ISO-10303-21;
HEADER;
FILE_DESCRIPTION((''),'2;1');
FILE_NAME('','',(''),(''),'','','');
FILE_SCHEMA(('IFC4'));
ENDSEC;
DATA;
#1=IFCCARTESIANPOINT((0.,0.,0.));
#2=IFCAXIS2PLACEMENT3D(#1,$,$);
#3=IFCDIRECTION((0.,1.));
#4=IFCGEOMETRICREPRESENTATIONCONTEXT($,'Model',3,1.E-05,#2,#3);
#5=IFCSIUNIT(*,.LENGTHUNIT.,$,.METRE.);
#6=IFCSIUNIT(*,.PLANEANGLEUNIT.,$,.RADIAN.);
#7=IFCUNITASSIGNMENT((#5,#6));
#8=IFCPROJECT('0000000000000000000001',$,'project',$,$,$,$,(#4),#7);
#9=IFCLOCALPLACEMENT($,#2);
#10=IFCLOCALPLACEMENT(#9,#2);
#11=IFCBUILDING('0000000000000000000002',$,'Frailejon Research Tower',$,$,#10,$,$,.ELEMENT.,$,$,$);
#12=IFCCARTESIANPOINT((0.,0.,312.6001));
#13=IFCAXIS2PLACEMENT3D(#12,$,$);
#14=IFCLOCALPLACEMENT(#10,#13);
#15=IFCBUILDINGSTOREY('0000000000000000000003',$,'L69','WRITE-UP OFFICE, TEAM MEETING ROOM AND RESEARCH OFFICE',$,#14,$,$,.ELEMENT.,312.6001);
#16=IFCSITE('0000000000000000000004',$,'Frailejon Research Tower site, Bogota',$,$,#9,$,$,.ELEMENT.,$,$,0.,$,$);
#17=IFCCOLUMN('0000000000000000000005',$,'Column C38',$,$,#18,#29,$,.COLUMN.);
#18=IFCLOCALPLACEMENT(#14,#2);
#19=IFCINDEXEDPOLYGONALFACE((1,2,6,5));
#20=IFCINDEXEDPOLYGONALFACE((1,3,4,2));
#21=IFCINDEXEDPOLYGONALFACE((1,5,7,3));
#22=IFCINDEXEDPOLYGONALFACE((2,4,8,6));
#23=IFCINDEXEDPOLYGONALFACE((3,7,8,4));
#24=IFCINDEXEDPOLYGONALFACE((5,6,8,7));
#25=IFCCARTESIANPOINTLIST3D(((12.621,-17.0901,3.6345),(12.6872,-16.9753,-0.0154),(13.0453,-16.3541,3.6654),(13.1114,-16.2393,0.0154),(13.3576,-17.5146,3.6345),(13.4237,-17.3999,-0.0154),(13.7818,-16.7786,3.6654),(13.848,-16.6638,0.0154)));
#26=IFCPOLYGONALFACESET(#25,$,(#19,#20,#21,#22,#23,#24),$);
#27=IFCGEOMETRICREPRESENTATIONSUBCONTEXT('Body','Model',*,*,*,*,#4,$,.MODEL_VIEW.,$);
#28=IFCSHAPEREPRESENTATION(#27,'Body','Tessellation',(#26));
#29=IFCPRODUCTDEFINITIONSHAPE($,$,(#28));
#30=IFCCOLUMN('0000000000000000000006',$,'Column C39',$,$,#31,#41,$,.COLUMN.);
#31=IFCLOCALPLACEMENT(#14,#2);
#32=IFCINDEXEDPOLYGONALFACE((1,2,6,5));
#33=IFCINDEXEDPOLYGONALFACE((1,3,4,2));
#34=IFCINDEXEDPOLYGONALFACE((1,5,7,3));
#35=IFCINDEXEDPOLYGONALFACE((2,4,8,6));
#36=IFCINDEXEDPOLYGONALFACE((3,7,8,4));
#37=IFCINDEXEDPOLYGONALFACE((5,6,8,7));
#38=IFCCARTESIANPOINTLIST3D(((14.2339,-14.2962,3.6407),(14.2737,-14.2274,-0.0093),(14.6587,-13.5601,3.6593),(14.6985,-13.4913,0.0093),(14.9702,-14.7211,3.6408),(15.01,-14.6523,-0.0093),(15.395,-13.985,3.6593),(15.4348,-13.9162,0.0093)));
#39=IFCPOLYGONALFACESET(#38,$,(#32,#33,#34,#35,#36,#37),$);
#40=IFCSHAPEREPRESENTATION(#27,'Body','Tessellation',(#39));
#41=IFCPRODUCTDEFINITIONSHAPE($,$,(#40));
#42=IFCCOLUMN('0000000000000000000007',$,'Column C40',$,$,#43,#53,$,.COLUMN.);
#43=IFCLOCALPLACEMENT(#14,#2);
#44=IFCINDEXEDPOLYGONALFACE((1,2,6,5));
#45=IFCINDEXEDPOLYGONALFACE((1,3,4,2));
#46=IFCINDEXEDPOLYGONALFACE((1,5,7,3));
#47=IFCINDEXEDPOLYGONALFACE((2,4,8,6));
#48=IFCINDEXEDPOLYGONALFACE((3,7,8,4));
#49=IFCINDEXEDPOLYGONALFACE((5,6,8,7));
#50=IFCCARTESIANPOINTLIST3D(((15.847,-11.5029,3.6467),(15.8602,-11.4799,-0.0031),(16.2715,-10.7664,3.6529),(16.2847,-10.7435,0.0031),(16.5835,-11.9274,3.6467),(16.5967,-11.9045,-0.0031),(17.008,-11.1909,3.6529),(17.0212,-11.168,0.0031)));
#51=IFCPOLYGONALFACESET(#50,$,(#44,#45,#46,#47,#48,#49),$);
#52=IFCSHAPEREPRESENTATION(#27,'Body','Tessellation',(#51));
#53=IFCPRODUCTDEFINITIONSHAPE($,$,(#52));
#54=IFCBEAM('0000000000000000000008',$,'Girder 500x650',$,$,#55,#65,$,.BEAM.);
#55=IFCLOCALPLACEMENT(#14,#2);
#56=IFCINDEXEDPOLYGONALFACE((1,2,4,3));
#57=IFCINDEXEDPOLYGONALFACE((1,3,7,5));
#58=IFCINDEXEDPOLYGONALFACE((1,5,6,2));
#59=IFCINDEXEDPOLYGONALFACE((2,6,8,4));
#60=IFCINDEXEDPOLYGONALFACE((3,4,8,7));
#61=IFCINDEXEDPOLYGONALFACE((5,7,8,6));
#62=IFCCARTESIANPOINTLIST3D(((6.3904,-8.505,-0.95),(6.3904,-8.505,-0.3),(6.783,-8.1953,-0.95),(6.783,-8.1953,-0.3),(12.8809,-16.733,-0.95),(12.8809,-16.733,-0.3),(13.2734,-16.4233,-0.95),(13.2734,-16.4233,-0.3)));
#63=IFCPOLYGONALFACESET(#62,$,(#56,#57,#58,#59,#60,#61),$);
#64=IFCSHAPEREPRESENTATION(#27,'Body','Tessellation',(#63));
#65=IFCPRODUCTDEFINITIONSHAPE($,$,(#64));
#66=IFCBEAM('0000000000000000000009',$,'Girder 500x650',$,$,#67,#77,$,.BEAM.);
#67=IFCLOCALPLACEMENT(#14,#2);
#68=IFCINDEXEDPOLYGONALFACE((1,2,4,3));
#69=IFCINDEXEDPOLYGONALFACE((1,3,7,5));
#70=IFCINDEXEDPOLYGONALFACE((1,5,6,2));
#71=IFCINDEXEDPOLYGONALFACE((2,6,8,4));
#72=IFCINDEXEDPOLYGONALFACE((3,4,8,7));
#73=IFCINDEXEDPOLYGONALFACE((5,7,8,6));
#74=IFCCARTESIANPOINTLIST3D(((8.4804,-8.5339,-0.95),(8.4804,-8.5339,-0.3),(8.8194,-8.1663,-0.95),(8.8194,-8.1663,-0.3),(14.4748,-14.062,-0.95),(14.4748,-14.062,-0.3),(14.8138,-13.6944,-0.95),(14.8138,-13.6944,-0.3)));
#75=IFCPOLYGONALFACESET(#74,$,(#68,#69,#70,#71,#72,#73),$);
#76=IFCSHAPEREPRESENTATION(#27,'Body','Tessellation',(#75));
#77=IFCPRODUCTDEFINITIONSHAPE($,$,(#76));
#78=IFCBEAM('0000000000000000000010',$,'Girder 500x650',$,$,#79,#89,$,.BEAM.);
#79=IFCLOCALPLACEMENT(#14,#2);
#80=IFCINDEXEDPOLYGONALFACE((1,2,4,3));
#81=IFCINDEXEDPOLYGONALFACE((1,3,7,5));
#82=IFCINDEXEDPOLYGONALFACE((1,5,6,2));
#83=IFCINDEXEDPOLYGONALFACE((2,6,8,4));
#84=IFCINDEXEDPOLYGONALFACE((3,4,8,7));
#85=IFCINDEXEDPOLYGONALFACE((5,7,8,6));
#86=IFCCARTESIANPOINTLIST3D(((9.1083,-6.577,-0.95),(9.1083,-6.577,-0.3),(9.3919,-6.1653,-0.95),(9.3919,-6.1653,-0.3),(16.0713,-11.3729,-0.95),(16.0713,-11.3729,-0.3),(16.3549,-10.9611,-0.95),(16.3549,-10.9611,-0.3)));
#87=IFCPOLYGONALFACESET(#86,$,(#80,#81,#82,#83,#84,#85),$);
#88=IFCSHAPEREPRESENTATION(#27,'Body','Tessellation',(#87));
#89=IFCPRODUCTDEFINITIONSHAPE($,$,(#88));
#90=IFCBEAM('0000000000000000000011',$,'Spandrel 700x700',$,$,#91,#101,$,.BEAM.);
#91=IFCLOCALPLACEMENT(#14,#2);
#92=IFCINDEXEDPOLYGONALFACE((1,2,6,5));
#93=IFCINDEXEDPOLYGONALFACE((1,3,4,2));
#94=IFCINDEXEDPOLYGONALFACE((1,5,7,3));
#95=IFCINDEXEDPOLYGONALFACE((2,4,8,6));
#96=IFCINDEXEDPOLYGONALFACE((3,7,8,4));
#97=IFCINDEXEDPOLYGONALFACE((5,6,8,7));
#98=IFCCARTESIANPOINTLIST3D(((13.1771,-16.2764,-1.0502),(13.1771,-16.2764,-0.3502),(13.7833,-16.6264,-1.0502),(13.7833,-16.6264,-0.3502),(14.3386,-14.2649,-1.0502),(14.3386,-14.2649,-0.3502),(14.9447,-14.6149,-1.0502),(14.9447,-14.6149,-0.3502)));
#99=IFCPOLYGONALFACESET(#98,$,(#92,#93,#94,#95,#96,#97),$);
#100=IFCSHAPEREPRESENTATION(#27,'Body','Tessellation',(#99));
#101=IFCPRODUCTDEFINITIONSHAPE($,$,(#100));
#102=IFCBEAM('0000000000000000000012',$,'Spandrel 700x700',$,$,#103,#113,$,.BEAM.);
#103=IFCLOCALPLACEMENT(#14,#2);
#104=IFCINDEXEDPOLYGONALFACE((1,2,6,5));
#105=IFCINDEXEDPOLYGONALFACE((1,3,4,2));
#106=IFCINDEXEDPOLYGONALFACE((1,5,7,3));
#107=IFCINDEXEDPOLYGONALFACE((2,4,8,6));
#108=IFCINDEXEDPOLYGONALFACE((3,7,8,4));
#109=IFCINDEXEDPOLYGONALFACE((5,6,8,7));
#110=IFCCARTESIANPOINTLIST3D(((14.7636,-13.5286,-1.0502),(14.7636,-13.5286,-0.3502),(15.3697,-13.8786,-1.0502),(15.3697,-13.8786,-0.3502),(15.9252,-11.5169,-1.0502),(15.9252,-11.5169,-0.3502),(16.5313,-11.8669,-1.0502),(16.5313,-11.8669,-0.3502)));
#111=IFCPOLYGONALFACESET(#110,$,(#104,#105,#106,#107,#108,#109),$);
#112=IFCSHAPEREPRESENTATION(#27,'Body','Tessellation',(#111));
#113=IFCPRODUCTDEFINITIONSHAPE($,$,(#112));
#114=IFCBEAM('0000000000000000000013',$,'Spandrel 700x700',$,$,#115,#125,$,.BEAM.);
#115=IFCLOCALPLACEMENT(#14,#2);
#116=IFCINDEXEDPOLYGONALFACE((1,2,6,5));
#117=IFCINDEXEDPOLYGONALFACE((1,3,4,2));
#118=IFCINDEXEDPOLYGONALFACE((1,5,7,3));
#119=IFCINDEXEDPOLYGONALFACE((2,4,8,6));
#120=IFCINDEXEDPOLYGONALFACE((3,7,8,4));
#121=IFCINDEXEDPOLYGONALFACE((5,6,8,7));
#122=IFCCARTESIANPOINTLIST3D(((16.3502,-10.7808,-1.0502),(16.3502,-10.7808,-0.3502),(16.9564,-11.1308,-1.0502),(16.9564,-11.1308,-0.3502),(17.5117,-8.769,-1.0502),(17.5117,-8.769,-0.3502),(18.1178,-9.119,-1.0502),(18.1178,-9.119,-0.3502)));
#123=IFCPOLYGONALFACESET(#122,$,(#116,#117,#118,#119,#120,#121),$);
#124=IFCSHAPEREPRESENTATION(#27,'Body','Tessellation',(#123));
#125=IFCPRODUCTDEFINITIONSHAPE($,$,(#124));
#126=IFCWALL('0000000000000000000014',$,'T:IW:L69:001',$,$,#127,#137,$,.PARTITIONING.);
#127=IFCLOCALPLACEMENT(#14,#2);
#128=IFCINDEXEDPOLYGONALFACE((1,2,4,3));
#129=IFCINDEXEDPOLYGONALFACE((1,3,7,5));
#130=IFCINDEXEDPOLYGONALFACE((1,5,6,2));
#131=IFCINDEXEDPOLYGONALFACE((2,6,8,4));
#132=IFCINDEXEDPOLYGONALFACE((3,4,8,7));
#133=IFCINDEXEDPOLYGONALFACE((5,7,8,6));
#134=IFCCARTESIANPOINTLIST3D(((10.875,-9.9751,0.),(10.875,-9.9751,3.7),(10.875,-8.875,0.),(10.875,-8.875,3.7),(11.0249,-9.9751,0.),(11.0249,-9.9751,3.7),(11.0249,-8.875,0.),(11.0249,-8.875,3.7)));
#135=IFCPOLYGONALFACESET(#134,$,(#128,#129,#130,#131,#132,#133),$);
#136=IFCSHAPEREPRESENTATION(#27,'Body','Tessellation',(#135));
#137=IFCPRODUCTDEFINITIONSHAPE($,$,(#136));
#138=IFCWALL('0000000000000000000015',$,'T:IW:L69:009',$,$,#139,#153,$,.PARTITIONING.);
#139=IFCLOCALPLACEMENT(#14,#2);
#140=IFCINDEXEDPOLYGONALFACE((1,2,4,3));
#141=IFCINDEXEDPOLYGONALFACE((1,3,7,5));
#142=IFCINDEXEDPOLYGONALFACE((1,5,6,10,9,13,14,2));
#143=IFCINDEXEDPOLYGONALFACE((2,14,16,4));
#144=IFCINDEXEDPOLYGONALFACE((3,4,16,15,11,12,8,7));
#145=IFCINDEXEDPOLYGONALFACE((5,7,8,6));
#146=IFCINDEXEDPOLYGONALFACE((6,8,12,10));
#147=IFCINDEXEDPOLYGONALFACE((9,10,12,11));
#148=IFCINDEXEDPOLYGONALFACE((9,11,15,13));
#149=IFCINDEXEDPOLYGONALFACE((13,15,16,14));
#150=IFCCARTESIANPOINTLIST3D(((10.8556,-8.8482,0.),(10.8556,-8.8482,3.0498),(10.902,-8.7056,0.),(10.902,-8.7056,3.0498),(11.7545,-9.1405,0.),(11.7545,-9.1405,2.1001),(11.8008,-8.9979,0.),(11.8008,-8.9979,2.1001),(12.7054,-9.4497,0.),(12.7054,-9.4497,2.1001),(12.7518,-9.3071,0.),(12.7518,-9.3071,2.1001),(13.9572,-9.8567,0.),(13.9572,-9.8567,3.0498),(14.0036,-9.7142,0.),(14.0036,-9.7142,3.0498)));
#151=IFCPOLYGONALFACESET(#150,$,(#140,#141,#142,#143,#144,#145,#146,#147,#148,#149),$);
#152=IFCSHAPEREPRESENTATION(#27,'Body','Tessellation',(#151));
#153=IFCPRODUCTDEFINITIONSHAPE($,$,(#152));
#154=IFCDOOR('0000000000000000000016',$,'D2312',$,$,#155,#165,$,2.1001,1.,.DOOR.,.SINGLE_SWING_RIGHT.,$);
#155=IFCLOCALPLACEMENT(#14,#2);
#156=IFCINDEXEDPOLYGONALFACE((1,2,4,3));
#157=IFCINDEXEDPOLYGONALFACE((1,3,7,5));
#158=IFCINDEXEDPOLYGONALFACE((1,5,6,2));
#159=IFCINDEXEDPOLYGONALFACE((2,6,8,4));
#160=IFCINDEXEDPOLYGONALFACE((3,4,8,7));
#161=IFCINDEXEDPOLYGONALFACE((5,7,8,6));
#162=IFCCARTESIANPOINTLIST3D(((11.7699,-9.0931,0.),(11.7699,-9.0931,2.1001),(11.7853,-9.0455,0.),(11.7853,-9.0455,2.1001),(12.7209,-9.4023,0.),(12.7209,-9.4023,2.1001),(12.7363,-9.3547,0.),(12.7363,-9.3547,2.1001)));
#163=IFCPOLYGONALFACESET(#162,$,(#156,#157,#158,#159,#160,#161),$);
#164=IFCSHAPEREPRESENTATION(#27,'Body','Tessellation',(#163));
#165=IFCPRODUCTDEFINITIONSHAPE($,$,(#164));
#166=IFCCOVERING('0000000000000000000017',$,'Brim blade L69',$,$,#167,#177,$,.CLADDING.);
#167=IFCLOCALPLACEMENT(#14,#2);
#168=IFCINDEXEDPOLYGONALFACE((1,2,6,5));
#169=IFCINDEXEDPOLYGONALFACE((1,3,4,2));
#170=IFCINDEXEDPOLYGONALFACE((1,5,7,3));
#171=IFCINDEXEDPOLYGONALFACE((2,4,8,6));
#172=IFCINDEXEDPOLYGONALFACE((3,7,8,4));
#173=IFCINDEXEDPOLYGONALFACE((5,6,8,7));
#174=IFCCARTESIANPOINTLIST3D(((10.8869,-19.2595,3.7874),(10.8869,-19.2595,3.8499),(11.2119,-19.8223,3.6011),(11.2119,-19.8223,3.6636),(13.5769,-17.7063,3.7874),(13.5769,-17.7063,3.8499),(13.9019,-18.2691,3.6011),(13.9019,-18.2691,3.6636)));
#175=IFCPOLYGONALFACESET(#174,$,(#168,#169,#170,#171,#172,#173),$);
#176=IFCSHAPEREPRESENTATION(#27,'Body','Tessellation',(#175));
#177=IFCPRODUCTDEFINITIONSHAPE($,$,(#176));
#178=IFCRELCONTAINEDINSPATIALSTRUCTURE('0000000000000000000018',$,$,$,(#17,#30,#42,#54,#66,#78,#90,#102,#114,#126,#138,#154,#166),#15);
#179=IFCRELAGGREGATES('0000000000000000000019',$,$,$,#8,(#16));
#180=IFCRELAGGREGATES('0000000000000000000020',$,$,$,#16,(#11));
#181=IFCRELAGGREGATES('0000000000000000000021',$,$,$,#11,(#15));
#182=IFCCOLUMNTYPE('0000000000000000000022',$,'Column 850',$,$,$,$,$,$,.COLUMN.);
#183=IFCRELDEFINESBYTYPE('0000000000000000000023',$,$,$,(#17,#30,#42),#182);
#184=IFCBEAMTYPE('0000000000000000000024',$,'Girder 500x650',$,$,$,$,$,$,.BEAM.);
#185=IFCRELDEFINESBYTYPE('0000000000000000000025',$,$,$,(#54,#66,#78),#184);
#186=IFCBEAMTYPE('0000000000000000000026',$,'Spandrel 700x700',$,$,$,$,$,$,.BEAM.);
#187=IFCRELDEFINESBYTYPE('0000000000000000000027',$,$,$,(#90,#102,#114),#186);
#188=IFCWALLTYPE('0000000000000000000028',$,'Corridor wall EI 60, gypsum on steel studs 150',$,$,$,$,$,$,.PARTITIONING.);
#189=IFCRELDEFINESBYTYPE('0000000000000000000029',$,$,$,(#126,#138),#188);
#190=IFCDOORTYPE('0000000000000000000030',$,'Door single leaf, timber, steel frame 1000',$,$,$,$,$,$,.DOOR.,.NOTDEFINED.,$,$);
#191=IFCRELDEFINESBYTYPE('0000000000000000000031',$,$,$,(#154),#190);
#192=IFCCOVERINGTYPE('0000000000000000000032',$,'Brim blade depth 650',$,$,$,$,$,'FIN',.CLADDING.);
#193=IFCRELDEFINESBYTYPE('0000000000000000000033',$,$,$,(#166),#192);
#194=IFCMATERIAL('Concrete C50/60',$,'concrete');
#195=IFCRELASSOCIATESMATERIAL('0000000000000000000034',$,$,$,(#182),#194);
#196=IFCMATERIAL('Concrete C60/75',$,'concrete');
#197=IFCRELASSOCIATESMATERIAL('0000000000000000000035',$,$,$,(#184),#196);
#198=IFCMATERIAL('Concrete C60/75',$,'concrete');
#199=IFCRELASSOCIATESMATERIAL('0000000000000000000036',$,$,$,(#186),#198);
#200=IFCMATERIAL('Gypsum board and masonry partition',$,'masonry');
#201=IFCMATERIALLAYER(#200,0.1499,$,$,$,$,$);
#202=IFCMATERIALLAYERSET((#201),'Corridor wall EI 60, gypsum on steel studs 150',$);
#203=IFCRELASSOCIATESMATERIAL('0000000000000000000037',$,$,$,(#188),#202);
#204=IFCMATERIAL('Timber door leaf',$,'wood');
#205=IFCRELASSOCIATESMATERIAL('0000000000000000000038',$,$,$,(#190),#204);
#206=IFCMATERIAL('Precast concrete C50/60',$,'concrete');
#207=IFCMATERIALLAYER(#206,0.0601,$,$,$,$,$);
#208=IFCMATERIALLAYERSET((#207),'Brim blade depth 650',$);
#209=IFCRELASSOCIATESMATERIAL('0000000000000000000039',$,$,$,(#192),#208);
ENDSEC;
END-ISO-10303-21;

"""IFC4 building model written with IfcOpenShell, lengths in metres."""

from ifc_helpers import new_model, si_unit, direction, frame, frame_2d, origin, origin_2d, place, context, subcontext, project, spatial, polyline, rectangle, outline, extrude, material, layer, layer_set, material_profile, profile_set, type_object, element, fill, save


model = new_model("IFC4")

# Units and contexts
model_context = context("Model", 3, precision=1e-05, world=origin(), true_north=direction((0.0, 1.0)))
body_context = subcontext(model_context, "Body", "Model", "MODEL_VIEW")
ifc_project = project(units=[si_unit("LENGTHUNIT", "METRE"), si_unit("PLANEANGLEUNIT", "RADIAN")], contexts=[model_context])

# Site, building, storey
site_placement = place(None, origin())
site = spatial("IfcSite", under=ifc_project, at=site_placement, Name="Frailejon Research Tower site, Bogota", CompositionType="ELEMENT", RefElevation=0.0)
building_placement = place(site_placement, origin())
building = spatial("IfcBuilding", under=site, at=building_placement, Name="Frailejon Research Tower", CompositionType="ELEMENT")
storey_placement = place(building_placement, frame((0.0, 0.0, 312.6001)))
storey = spatial("IfcBuildingStorey", under=building, at=storey_placement, Name="L69", Description="WRITE-UP OFFICE, TEAM MEETING ROOM AND RESEARCH OFFICE", CompositionType="ELEMENT", Elevation=312.6001)

# Columns
ifc_material_1 = material(Name="Concrete C50/60", Category="concrete")
ifc_material_profile_1 = material_profile(ifc_material_1, rectangle(XDim=0.8501, YDim=0.8501, at=origin_2d()), Name="Column 850")
ifc_profile_set_1 = profile_set([ifc_material_profile_1], Name="Concrete C50/60")
column_type = type_object("IfcColumnType", Name="Column 850", PredefinedType="COLUMN", material=ifc_profile_set_1)
column_1_placement = place(storey_placement, frame((13.2676, -16.8196, 0.0), z_axis=(-0.018115, -0.031417, 0.999342), x_axis=(0.49904, 0.865819, 0.036266)))
element("IfcColumn", 1, at=column_1_placement, inside=storey, type_object=column_type, Name="Column C38", PredefinedType="COLUMN", context=body_context, shape_type="SweptSolid", body=[
    extrude(rectangle(XDim=0.8501, YDim=0.8501, at=origin_2d()), origin(), (0.0, 0.0, 1.0), 3.6523),
])
column_2_placement = place(storey_placement, frame((14.8542, -14.0718, 0.0), z_axis=(-0.0109, -0.018858, 0.999763), x_axis=(0.499729, 0.865908, 0.021782)))
element("IfcColumn", 2, at=column_2_placement, inside=storey, type_object=column_type, Name="Column C39", PredefinedType="COLUMN", context=body_context, shape_type="SweptSolid", body=[
    extrude(rectangle(XDim=0.8501, YDim=0.8501, at=origin_2d()), origin(), (0.0, 0.0, 1.0), 3.6509),
])
column_3_placement = place(storey_placement, frame((16.4407, -11.324, 0.0), z_axis=(-0.003612, -0.006287, 0.999974), x_axis=(0.499382, 0.866352, 0.007251)))
element("IfcColumn", 3, at=column_3_placement, inside=storey, type_object=column_type, Name="Column C40", PredefinedType="COLUMN", context=body_context, shape_type="SweptSolid", body=[
    extrude(rectangle(XDim=0.8501, YDim=0.8501, at=origin_2d()), origin(), (0.0, 0.0, 1.0), 3.6499),
])

# Beams
ifc_material_2 = material(Name="Concrete C60/75", Category="concrete")
ifc_material_profile_2 = material_profile(ifc_material_2, rectangle(XDim=0.5, YDim=0.6499, at=origin_2d()), Name="Girder 500x650")
ifc_profile_set_2 = profile_set([ifc_material_profile_2], Name="Concrete C60/75")
beam_type_1 = type_object("IfcBeamType", Name="Girder 500x650", PredefinedType="BEAM", material=ifc_profile_set_2)
beam_1_placement = place(storey_placement, frame((13.0771, -16.5781, -0.625), z_axis=(-0.619331, 0.78513, 0.0), x_axis=(-0.78513, -0.619331, 0.0)))
element("IfcBeam", 4, at=beam_1_placement, inside=storey, type_object=beam_type_1, Name="Girder 500x650", PredefinedType="BEAM", context=body_context, shape_type="SweptSolid", body=[
    extrude(rectangle(XDim=0.5, YDim=0.6499, at=origin_2d()), origin(), (0.0, 0.0, 1.0), 10.4797),
])
beam_2_placement = place(storey_placement, frame((14.6443, -13.8782, -0.625), z_axis=(-0.735121, 0.677936, 0.0), x_axis=(-0.677936, -0.735121, 0.0)))
element("IfcBeam", 5, at=beam_2_placement, inside=storey, type_object=beam_type_1, Name="Girder 500x650", PredefinedType="BEAM", context=body_context, shape_type="SweptSolid", body=[
    extrude(rectangle(XDim=0.5, YDim=0.6499, at=origin_2d()), origin(), (0.0, 0.0, 1.0), 8.1543),
])
beam_3_placement = place(storey_placement, frame((16.2131, -11.167, -0.625), z_axis=(-0.823559, 0.567231, 0.0), x_axis=(-0.567231, -0.823559, 0.0)))
element("IfcBeam", 6, at=beam_3_placement, inside=storey, type_object=beam_type_1, Name="Girder 500x650", PredefinedType="BEAM", context=body_context, shape_type="SweptSolid", body=[
    extrude(rectangle(XDim=0.5, YDim=0.6499, at=origin_2d()), origin(), (0.0, 0.0, 1.0), 8.4548),
])
ifc_material_3 = material(Name="Concrete C60/75", Category="concrete")
ifc_material_profile_3 = material_profile(ifc_material_3, rectangle(XDim=0.7, YDim=0.7, at=origin_2d()), Name="Spandrel 700x700")
ifc_profile_set_3 = profile_set([ifc_material_profile_3], Name="Concrete C60/75")
beam_type_2 = type_object("IfcBeamType", Name="Spandrel 700x700", PredefinedType="BEAM", material=ifc_profile_set_3)
beam_4_placement = place(storey_placement, frame((13.4802, -16.4514, -0.7002), z_axis=(0.500017, 0.866016, 0.0), x_axis=(-0.866016, 0.500017, 0.0)))
element("IfcBeam", 7, at=beam_4_placement, inside=storey, type_object=beam_type_2, Name="Spandrel 700x700", PredefinedType="BEAM", context=body_context, shape_type="SweptSolid", body=[
    extrude(rectangle(XDim=0.7, YDim=0.7, at=origin_2d()), origin(), (0.0, 0.0, 1.0), 2.3228),
])
for number, where, z_axis, x_axis, name in (
    (8, (15.0667, -13.7036, -0.7002), (0.50005, 0.865997, 0.0), (-0.865997, 0.50005, 0.0), "Spandrel 700x700"),
    (9, (16.6533, -10.9558, -0.7002), (0.499971, 0.866042, 0.0), (-0.866042, 0.499971, 0.0), "Spandrel 700x700"),
):
    element("IfcBeam", number, at=place(storey_placement, frame(where, z_axis=z_axis, x_axis=x_axis)), inside=storey, type_object=beam_type_2, Name=name, PredefinedType="BEAM", context=body_context, shape_type="SweptSolid", body=[
        extrude(rectangle(XDim=0.7, YDim=0.7, at=origin_2d()), origin(), (0.0, 0.0, 1.0), 2.323),
    ])

# Wall
ifc_material_4 = material(Name="Gypsum board and masonry partition", Category="masonry")
ifc_layer_1 = layer(ifc_material_4, 0.1499)
ifc_layer_set_1 = layer_set([ifc_layer_1], Name="Corridor wall EI 60, gypsum on steel studs 150")
wall_type_1 = type_object("IfcWallType", Name="Corridor wall EI 60, gypsum on steel studs 150", PredefinedType="PARTITIONING", material=ifc_layer_set_1)
wall_1_placement = place(storey_placement, frame((10.95, -9.9751, 0.0), z_axis=(0.0, 0.0, 1.0), x_axis=(0.0, 1.0, 0.0)))
element("IfcWall", 10, at=wall_1_placement, inside=storey, type_object=wall_type_1, Name="T:IW:L69:001", PredefinedType="PARTITIONING", context=body_context, shape_type="SweptSolid", body=[
    extrude(rectangle(XDim=1.1001, YDim=0.1499, at=frame_2d((0.55, 0.0))), origin(), (0.0, 0.0, 1.0), 3.7),
])

# Wall, opening, door
wall_2_placement = place(storey_placement, frame((10.8787, -8.7769, 0.0), z_axis=(0.0, 0.0, 1.0), x_axis=(0.950986, -0.309235, 0.0)))
wall_2 = element("IfcWall", 11, at=wall_2_placement, inside=storey, type_object=wall_type_1, Name="T:IW:L69:009", PredefinedType="PARTITIONING", context=body_context, shape_type="SweptSolid", body=[
    extrude(rectangle(XDim=3.2615, YDim=0.1499, at=frame_2d((1.6309, 0.0))), origin(), (0.0, 0.0, 1.0), 3.0498),
])
opening_1_placement = place(wall_2_placement, frame((0.9453, 0.0, 0.0)))
opening_1 = element("IfcOpeningElement", 12, at=opening_1_placement, cuts=wall_2, PredefinedType="OPENING", context=body_context, shape_type="SweptSolid", body=[
    extrude(rectangle(XDim=1.0, YDim=2.1001, at=frame_2d((0.5, 1.05))), frame((0.0, 0.085, 0.0), z_axis=(0.0, -1.0, 0.0), x_axis=(1.0, 0.0, 0.0)), (0.0, 0.0, 1.0), 0.1699),
])
ifc_material_5 = material(Name="Timber door leaf", Category="wood")
door_type_1 = type_object("IfcDoorType", Name="Door single leaf, timber, steel frame 1000", OperationType="NOTDEFINED", PredefinedType="DOOR", material=ifc_material_5)
door_1_placement = place(opening_1_placement, origin())
door_1 = element("IfcDoor", 13, at=door_1_placement, inside=storey, type_object=door_type_1, Name="D2312", OperationType="SINGLE_SWING_RIGHT", OverallHeight=2.1001, OverallWidth=1.0, PredefinedType="DOOR", context=body_context, shape_type="SweptSolid", body=[
    extrude(rectangle(XDim=1.0, YDim=2.1001, at=frame_2d((0.5, 1.05))), frame((0.0, 0.0249, 0.0), z_axis=(0.0, -1.0, 0.0), x_axis=(1.0, 0.0, 0.0)), (0.0, 0.0, 1.0), 0.05),
])
fill(opening_1, door_1)

# Covering
ifc_material_6 = material(Name="Precast concrete C50/60", Category="concrete")
ifc_layer_2 = layer(ifc_material_6, 0.0601)
ifc_layer_set_2 = layer_set([ifc_layer_2], Name="Brim blade depth 650")
covering_type_1 = type_object("IfcCoveringType", Name="Brim blade depth 650", ElementType="FIN", PredefinedType="CLADDING", material=ifc_layer_set_2)
covering_1_placement = place(storey_placement, frame((13.5769, -17.7063, 3.8499), z_axis=(-0.866014, -0.50002, 0.0), x_axis=(0.50002, -0.866014, 0.0)))
element("IfcCovering", 14, at=covering_1_placement, inside=storey, type_object=covering_type_1, Name="Brim blade L69", PredefinedType="CLADDING", context=body_context, shape_type="SweptSolid", body=[
    extrude(outline(polyline([(0.0, -0.0625), (0.6499, -0.2488), (0.6499, -0.1863), (0.0, 0.0), (0.0, -0.0625)])), origin(), (0.0, 0.0, 1.0), 3.1062),
])

save(model, "model.ifc")
